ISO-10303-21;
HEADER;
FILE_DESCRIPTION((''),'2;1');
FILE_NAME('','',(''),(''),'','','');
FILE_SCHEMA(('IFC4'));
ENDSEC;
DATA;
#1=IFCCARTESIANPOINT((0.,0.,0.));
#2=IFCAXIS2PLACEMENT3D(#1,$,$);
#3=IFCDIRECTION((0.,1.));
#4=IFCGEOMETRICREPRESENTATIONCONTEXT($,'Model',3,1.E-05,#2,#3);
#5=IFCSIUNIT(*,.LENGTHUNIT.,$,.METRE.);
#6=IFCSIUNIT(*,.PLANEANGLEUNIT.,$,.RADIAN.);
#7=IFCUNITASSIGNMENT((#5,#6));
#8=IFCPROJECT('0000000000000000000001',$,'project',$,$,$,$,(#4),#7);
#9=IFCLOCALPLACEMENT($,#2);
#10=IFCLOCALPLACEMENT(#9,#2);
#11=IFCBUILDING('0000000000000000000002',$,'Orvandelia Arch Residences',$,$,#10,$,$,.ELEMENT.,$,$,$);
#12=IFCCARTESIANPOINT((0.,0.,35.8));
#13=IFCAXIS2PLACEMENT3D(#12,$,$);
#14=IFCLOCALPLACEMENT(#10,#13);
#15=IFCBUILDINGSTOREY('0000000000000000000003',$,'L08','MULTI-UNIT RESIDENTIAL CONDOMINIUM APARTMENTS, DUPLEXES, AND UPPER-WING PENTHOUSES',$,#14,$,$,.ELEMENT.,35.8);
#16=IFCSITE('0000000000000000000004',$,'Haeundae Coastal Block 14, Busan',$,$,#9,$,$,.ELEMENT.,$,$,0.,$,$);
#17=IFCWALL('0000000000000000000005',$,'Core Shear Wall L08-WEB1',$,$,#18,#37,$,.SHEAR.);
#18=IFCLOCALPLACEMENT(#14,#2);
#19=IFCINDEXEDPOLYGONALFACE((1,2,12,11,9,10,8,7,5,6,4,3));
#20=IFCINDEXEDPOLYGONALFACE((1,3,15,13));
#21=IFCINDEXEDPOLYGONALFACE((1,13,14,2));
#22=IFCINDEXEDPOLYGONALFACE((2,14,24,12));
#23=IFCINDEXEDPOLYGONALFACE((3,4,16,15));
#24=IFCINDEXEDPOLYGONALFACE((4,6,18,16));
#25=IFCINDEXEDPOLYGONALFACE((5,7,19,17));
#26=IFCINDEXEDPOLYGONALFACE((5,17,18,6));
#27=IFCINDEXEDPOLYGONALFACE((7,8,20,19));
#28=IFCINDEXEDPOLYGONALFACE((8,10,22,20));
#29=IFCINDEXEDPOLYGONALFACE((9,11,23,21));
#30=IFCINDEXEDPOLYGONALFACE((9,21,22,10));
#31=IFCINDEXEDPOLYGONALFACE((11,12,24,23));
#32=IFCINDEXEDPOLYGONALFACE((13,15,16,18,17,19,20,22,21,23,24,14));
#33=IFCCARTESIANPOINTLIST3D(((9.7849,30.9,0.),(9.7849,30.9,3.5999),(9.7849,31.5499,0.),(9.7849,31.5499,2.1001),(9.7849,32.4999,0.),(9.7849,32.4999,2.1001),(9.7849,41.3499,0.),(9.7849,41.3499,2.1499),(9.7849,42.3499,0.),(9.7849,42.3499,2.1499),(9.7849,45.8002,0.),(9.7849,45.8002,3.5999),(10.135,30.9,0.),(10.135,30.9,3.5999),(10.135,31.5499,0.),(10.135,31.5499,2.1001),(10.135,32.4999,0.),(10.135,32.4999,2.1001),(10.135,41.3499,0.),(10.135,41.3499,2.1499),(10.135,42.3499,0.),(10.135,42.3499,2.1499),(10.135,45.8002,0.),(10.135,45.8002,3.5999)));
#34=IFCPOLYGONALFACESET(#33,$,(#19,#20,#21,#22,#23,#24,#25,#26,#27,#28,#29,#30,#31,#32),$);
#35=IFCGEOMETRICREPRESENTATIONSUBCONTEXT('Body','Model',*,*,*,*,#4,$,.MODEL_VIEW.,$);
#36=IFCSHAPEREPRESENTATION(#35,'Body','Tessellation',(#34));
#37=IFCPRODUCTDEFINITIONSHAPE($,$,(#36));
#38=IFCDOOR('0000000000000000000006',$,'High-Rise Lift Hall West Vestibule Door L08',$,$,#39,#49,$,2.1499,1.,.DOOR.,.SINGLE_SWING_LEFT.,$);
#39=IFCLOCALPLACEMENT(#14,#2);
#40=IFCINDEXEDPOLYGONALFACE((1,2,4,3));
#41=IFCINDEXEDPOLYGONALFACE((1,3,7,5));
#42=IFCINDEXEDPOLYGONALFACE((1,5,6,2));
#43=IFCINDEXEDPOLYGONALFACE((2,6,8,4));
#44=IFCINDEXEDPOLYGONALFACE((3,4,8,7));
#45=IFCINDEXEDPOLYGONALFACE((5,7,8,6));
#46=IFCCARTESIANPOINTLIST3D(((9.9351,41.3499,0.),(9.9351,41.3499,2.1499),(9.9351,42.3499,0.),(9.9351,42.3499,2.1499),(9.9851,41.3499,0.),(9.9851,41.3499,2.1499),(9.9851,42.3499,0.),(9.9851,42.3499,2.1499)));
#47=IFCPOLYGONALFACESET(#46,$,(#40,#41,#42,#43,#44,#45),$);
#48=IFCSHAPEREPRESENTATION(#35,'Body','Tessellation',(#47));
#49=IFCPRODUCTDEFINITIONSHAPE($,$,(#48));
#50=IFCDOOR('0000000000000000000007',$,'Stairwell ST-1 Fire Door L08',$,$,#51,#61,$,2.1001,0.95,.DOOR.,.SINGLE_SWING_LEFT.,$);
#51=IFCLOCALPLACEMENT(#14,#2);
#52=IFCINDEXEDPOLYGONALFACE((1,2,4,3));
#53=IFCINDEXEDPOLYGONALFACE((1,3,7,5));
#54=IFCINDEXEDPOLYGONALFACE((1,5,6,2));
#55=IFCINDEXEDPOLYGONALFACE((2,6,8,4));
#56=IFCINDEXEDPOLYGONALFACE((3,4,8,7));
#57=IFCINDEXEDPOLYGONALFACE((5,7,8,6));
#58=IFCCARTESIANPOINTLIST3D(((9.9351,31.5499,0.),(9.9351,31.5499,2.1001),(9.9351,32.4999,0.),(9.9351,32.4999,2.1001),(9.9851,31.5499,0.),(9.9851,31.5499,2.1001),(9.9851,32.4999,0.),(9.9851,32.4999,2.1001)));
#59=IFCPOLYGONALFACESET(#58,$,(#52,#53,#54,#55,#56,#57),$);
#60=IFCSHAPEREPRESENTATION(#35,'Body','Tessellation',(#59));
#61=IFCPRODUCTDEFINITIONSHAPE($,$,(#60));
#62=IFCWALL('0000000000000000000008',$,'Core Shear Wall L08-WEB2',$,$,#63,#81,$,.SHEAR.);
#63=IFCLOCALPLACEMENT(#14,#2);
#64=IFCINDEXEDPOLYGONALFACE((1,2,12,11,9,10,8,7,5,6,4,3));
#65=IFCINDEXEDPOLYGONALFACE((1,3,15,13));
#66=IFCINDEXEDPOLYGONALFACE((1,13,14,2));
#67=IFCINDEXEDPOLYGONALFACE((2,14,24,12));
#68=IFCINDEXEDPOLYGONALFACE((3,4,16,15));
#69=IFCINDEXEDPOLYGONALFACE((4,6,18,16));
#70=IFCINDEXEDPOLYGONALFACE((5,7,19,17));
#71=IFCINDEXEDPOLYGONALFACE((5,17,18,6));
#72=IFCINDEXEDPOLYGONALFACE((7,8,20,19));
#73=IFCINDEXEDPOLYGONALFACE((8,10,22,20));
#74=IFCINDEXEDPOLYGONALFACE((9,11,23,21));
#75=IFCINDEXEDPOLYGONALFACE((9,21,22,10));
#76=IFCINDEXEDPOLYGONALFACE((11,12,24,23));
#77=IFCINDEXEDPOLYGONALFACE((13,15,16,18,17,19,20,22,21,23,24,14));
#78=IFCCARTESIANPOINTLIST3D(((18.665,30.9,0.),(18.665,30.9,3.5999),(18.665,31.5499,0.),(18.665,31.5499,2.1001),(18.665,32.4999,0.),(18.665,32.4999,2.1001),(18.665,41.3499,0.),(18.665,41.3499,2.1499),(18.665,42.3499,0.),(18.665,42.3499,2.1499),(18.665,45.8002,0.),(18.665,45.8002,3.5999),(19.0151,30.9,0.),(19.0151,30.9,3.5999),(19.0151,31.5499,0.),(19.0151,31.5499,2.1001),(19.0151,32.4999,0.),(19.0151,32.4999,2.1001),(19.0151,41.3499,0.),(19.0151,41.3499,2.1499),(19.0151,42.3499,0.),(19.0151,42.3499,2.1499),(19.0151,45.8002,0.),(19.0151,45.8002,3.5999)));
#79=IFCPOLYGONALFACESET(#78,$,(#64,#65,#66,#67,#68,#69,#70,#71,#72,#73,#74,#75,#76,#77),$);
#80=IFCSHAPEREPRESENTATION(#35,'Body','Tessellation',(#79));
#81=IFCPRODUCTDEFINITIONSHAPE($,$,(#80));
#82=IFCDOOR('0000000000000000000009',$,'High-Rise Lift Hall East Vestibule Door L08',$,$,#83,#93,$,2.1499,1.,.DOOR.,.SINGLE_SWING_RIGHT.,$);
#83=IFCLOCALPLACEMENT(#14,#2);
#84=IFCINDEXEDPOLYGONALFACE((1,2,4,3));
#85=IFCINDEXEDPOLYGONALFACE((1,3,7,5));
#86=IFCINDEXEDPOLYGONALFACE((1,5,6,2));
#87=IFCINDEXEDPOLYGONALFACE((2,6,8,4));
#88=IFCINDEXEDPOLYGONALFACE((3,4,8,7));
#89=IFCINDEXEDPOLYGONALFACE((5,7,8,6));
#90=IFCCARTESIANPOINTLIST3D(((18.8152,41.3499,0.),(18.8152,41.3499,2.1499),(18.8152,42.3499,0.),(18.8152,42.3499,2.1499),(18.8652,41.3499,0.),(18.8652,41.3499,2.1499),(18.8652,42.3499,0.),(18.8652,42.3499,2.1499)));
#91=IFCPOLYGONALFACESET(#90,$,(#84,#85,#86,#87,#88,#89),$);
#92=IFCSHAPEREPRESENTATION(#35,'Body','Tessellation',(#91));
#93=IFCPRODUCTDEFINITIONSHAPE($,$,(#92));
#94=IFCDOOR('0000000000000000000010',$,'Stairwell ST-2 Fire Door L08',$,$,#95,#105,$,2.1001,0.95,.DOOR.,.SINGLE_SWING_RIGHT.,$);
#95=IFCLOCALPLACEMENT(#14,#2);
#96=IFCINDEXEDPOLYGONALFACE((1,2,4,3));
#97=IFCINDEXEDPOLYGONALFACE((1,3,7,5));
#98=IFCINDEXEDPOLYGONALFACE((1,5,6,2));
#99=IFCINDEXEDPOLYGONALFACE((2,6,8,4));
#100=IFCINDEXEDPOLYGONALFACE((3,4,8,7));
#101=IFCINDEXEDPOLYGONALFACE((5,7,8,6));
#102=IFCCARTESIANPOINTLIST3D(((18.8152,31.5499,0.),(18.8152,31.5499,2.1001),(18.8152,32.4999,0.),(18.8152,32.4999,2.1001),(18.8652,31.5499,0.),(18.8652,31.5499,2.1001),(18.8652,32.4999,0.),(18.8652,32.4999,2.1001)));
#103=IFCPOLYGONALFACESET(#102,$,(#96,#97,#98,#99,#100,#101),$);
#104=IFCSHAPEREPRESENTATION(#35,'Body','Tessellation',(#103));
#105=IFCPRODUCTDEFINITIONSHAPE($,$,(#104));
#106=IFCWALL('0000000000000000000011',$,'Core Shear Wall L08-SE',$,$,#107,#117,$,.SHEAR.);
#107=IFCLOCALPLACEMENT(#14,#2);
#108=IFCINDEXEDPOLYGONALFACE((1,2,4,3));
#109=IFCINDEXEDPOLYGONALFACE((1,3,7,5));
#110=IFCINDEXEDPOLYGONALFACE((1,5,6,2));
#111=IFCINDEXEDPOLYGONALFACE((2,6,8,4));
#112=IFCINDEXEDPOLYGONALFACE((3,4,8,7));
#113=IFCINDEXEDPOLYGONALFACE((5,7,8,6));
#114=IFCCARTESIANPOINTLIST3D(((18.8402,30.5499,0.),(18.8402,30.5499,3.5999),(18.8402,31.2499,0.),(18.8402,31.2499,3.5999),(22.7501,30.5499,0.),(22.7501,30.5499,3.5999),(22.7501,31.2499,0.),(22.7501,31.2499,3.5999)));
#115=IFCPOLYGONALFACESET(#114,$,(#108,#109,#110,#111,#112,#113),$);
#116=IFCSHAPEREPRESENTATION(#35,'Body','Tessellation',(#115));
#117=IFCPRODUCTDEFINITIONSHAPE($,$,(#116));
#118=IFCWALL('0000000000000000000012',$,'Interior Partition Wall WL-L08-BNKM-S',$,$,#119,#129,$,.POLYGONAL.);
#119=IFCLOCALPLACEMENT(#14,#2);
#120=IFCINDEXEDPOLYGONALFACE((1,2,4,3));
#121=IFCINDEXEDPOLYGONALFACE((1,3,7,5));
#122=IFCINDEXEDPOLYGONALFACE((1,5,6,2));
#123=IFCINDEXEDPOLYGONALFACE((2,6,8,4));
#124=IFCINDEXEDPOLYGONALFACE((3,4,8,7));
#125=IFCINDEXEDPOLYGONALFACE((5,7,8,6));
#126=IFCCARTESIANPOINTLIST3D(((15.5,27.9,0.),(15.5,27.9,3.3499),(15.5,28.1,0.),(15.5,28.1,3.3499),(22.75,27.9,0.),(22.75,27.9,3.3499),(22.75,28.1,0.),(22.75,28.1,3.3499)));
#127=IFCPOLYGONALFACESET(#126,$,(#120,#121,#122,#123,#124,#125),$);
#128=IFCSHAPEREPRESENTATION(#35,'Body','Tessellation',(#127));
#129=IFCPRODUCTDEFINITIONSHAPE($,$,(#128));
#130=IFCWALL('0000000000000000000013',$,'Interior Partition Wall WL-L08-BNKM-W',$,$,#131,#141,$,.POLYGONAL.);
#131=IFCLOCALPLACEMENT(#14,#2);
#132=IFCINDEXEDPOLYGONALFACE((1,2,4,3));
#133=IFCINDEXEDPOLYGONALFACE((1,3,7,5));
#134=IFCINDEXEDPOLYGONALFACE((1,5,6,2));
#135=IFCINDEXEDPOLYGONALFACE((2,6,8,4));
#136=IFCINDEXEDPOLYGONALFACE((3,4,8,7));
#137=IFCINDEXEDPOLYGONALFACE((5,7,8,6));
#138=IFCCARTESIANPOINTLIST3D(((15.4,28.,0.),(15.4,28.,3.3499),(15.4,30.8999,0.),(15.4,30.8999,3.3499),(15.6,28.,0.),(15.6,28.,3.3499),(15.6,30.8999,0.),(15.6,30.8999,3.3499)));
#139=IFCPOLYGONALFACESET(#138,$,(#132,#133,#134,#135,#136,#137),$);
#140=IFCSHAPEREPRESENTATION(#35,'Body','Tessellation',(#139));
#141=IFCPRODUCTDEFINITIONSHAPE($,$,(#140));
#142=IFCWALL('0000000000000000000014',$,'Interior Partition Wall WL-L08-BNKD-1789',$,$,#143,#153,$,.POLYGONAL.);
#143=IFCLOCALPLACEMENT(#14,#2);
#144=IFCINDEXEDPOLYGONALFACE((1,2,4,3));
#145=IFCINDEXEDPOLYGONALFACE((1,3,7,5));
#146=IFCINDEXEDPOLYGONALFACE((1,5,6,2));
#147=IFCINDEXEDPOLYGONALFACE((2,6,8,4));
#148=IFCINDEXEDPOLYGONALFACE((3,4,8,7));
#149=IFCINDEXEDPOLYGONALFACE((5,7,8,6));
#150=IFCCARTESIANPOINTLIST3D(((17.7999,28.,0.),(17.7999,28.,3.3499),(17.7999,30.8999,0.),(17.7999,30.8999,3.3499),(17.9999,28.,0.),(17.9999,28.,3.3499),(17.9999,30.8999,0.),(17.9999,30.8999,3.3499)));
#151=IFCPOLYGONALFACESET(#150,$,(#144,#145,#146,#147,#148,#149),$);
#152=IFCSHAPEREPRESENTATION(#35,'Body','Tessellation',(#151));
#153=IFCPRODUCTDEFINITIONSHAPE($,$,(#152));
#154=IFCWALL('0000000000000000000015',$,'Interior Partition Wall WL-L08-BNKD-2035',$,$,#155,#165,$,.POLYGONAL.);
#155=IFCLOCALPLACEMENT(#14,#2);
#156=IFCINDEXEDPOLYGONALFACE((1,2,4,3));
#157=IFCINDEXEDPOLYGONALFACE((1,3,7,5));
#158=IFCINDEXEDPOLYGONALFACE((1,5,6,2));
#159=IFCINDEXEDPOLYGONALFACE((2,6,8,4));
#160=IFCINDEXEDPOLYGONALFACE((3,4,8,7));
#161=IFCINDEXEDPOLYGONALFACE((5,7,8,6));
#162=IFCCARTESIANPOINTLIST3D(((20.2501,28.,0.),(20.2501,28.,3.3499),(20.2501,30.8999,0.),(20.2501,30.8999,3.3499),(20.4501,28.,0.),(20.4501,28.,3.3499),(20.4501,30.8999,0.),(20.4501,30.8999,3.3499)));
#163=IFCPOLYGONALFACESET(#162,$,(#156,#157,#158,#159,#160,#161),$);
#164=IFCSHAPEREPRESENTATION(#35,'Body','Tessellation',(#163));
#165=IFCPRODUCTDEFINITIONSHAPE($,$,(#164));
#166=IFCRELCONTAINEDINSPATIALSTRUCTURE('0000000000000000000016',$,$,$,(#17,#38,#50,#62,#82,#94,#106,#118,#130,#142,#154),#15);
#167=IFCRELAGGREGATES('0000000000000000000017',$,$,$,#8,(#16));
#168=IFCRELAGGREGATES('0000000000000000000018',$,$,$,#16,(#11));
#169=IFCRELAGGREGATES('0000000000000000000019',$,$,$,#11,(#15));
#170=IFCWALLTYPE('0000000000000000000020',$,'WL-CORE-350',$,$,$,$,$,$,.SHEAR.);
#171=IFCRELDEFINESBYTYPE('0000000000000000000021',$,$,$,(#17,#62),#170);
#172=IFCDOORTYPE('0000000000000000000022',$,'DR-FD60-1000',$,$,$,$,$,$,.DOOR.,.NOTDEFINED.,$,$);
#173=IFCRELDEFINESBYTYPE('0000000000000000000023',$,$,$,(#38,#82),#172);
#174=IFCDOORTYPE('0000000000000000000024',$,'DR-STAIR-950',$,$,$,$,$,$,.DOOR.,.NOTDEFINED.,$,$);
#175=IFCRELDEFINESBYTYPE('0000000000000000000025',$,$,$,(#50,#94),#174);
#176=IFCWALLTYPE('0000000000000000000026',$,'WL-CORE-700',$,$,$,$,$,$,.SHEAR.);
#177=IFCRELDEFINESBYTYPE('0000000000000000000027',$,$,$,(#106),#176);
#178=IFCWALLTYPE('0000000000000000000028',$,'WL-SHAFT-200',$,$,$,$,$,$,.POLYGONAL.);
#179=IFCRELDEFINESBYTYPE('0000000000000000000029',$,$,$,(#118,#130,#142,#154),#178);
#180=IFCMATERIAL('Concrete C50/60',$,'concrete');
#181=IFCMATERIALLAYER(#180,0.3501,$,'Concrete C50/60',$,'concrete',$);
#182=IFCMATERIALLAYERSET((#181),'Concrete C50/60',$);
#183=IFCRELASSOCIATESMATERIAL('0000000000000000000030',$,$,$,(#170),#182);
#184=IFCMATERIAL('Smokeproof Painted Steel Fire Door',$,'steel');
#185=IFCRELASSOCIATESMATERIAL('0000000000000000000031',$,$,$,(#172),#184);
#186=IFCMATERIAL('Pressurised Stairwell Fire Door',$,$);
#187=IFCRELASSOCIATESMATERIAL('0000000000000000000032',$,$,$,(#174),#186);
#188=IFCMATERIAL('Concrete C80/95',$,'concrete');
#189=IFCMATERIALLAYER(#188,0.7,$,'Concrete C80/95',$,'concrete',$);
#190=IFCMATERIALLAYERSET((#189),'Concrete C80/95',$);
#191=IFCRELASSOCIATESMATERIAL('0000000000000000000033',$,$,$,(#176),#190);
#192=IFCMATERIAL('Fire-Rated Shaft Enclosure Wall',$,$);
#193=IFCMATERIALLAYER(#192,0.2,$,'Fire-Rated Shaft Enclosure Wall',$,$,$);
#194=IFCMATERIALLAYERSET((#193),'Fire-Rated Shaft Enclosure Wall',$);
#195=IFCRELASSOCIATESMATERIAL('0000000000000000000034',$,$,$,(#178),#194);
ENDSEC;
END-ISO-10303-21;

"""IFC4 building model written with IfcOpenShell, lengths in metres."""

from ifc_helpers import new_model, si_unit, direction, frame, frame_2d, origin, place, context, subcontext, project, spatial, rectangle, extrude, material, layer, layer_set, type_object, element, fill, save


model = new_model("IFC4")

# Units and contexts
model_context = context("Model", 3, precision=1e-05, world=origin(), true_north=direction((0.0, 1.0)))
body_context = subcontext(model_context, "Body", "Model", "MODEL_VIEW")
ifc_project = project(units=[si_unit("LENGTHUNIT", "METRE"), si_unit("PLANEANGLEUNIT", "RADIAN")], contexts=[model_context])

# Site, building, storey
site_placement = place(None, origin())
site = spatial("IfcSite", under=ifc_project, at=site_placement, Name="Haeundae Coastal Block 14, Busan", CompositionType="ELEMENT", RefElevation=0.0)
building_placement = place(site_placement, origin())
building = spatial("IfcBuilding", under=site, at=building_placement, Name="Orvandelia Arch Residences", CompositionType="ELEMENT")
storey_placement = place(building_placement, frame((0.0, 0.0, 35.8)))
storey = spatial("IfcBuildingStorey", under=building, at=storey_placement, Name="L08", Description="MULTI-UNIT RESIDENTIAL CONDOMINIUM APARTMENTS, DUPLEXES, AND UPPER-WING PENTHOUSES", CompositionType="ELEMENT", Elevation=35.8)

# Walls, openings, doors
ifc_material_1 = material(Name="Concrete C50/60", Category="concrete")
ifc_layer_1 = layer(ifc_material_1, 0.3501, Name="Concrete C50/60", Category="concrete")
ifc_layer_set_1 = layer_set([ifc_layer_1], Name="Concrete C50/60")
wall_type_1 = type_object("IfcWallType", Name="WL-CORE-350", PredefinedType="SHEAR", material=ifc_layer_set_1)
wall_1_placement = place(storey_placement, frame((9.96, 30.8999, 0.0), z_axis=(0.0, 0.0, 1.0), x_axis=(0.0, 1.0, 0.0)))
wall_1 = element("IfcWall", 1, at=wall_1_placement, inside=storey, type_object=wall_type_1, Name="Core Shear Wall L08-WEB1", PredefinedType="SHEAR", context=body_context, shape_type="SweptSolid", body=[
    extrude(rectangle(XDim=14.9001, YDim=0.3501, at=frame_2d((7.4502, 0.0))), origin(), (0.0, 0.0, 1.0), 3.5999),
])
opening_1_placement = place(wall_1_placement, frame((0.6499, 0.0, 0.0)))
opening_1 = element("IfcOpeningElement", 2, at=opening_1_placement, cuts=wall_1, PredefinedType="OPENING", context=body_context, shape_type="SweptSolid", body=[
    extrude(rectangle(XDim=0.95, YDim=2.1001, at=frame_2d((0.4751, 1.05))), frame((0.0, 0.1851, 0.0), z_axis=(0.0, -1.0, 0.0), x_axis=(1.0, 0.0, 0.0)), (0.0, 0.0, 1.0), 0.3701),
])
opening_2_placement = place(wall_1_placement, frame((10.45, 0.0, 0.0)))
opening_2 = element("IfcOpeningElement", 3, at=opening_2_placement, cuts=wall_1, PredefinedType="OPENING", context=body_context, shape_type="SweptSolid", body=[
    extrude(rectangle(XDim=1.0, YDim=2.1499, at=frame_2d((0.5, 1.075))), frame((0.0, 0.1851, 0.0), z_axis=(0.0, -1.0, 0.0), x_axis=(1.0, 0.0, 0.0)), (0.0, 0.0, 1.0), 0.3701),
])
ifc_material_2 = material(Name="Smokeproof Painted Steel Fire Door", Category="steel")
door_type_1 = type_object("IfcDoorType", Name="DR-FD60-1000", OperationType="NOTDEFINED", PredefinedType="DOOR", material=ifc_material_2)
door_1_placement = place(opening_2_placement, origin())
door_1 = element("IfcDoor", 4, at=door_1_placement, inside=storey, type_object=door_type_1, Name="High-Rise Lift Hall West Vestibule Door L08", OperationType="SINGLE_SWING_LEFT", OverallHeight=2.1499, OverallWidth=1.0, PredefinedType="DOOR", context=body_context, shape_type="SweptSolid", body=[
    extrude(rectangle(XDim=1.0, YDim=2.1499, at=frame_2d((0.5, 1.075))), frame((0.0, 0.0249, 0.0), z_axis=(0.0, -1.0, 0.0), x_axis=(1.0, 0.0, 0.0)), (0.0, 0.0, 1.0), 0.05),
])
fill(opening_2, door_1)
ifc_material_3 = material(Name="Pressurised Stairwell Fire Door")
door_type_2 = type_object("IfcDoorType", Name="DR-STAIR-950", OperationType="NOTDEFINED", PredefinedType="DOOR", material=ifc_material_3)
door_2_placement = place(opening_1_placement, origin())
door_2 = element("IfcDoor", 5, at=door_2_placement, inside=storey, type_object=door_type_2, Name="Stairwell ST-1 Fire Door L08", OperationType="SINGLE_SWING_LEFT", OverallHeight=2.1001, OverallWidth=0.95, PredefinedType="DOOR", context=body_context, shape_type="SweptSolid", body=[
    extrude(rectangle(XDim=0.95, YDim=2.1001, at=frame_2d((0.4751, 1.05))), frame((0.0, 0.0249, 0.0), z_axis=(0.0, -1.0, 0.0), x_axis=(1.0, 0.0, 0.0)), (0.0, 0.0, 1.0), 0.05),
])
fill(opening_1, door_2)
wall_2_placement = place(storey_placement, frame((18.8401, 30.8999, 0.0), z_axis=(0.0, 0.0, 1.0), x_axis=(0.0, 1.0, 0.0)))
wall_2 = element("IfcWall", 6, at=wall_2_placement, inside=storey, type_object=wall_type_1, Name="Core Shear Wall L08-WEB2", PredefinedType="SHEAR", context=body_context, shape_type="SweptSolid", body=[
    extrude(rectangle(XDim=14.9001, YDim=0.3501, at=frame_2d((7.4502, 0.0))), origin(), (0.0, 0.0, 1.0), 3.5999),
])
opening_3_placement = place(wall_2_placement, frame((0.6499, 0.0, 0.0)))
opening_3 = element("IfcOpeningElement", 7, at=opening_3_placement, cuts=wall_2, PredefinedType="OPENING", context=body_context, shape_type="SweptSolid", body=[
    extrude(rectangle(XDim=0.95, YDim=2.1001, at=frame_2d((0.4751, 1.05))), frame((0.0, 0.1851, 0.0), z_axis=(0.0, -1.0, 0.0), x_axis=(1.0, 0.0, 0.0)), (0.0, 0.0, 1.0), 0.3701),
])
opening_4_placement = place(wall_2_placement, frame((10.45, 0.0, 0.0)))
opening_4 = element("IfcOpeningElement", 8, at=opening_4_placement, cuts=wall_2, PredefinedType="OPENING", context=body_context, shape_type="SweptSolid", body=[
    extrude(rectangle(XDim=1.0, YDim=2.1499, at=frame_2d((0.5, 1.075))), frame((0.0, 0.1851, 0.0), z_axis=(0.0, -1.0, 0.0), x_axis=(1.0, 0.0, 0.0)), (0.0, 0.0, 1.0), 0.3701),
])
door_3_placement = place(opening_4_placement, origin())
door_3 = element("IfcDoor", 9, at=door_3_placement, inside=storey, type_object=door_type_1, Name="High-Rise Lift Hall East Vestibule Door L08", OperationType="SINGLE_SWING_RIGHT", OverallHeight=2.1499, OverallWidth=1.0, PredefinedType="DOOR", context=body_context, shape_type="SweptSolid", body=[
    extrude(rectangle(XDim=1.0, YDim=2.1499, at=frame_2d((0.5, 1.075))), frame((0.0, 0.0249, 0.0), z_axis=(0.0, -1.0, 0.0), x_axis=(1.0, 0.0, 0.0)), (0.0, 0.0, 1.0), 0.05),
])
fill(opening_4, door_3)
door_4_placement = place(opening_3_placement, origin())
door_4 = element("IfcDoor", 10, at=door_4_placement, inside=storey, type_object=door_type_2, Name="Stairwell ST-2 Fire Door L08", OperationType="SINGLE_SWING_RIGHT", OverallHeight=2.1001, OverallWidth=0.95, PredefinedType="DOOR", context=body_context, shape_type="SweptSolid", body=[
    extrude(rectangle(XDim=0.95, YDim=2.1001, at=frame_2d((0.4751, 1.05))), frame((0.0, 0.0249, 0.0), z_axis=(0.0, -1.0, 0.0), x_axis=(1.0, 0.0, 0.0)), (0.0, 0.0, 1.0), 0.05),
])
fill(opening_3, door_4)

# Shared definitions
ifc_material_4 = material(Name="Concrete C80/95", Category="concrete")
ifc_layer_2 = layer(ifc_material_4, 0.7, Name="Concrete C80/95", Category="concrete")
ifc_layer_set_2 = layer_set([ifc_layer_2], Name="Concrete C80/95")
wall_type_2 = type_object("IfcWallType", Name="WL-CORE-700", PredefinedType="SHEAR", material=ifc_layer_set_2)

# Walls
wall_3_placement = place(storey_placement, frame((18.8401, 30.8999, 0.0), z_axis=(0.0, 0.0, 1.0), x_axis=(1.0, 0.0, 0.0)))
element("IfcWall", 11, at=wall_3_placement, inside=storey, type_object=wall_type_2, Name="Core Shear Wall L08-SE", PredefinedType="SHEAR", context=body_context, shape_type="SweptSolid", body=[
    extrude(rectangle(XDim=3.9099, YDim=0.7, at=frame_2d((1.9551, 0.0))), origin(), (0.0, 0.0, 1.0), 3.5999),
])
ifc_material_5 = material(Name="Fire-Rated Shaft Enclosure Wall")
ifc_layer_3 = layer(ifc_material_5, 0.2, Name="Fire-Rated Shaft Enclosure Wall")
ifc_layer_set_3 = layer_set([ifc_layer_3], Name="Fire-Rated Shaft Enclosure Wall")
wall_type_3 = type_object("IfcWallType", Name="WL-SHAFT-200", PredefinedType="POLYGONAL", material=ifc_layer_set_3)
wall_4_placement = place(storey_placement, frame((15.5, 28.0, 0.0), z_axis=(0.0, 0.0, 1.0), x_axis=(1.0, 0.0, 0.0)))
element("IfcWall", 12, at=wall_4_placement, inside=storey, type_object=wall_type_3, Name="Interior Partition Wall WL-L08-BNKM-S", PredefinedType="POLYGONAL", context=body_context, shape_type="SweptSolid", body=[
    extrude(rectangle(XDim=7.25, YDim=0.2, at=frame_2d((3.625, 0.0))), origin(), (0.0, 0.0, 1.0), 3.3499),
])
for number, where, z_axis, x_axis, name in (
    (13, (15.5, 28.0, 0.0), (0.0, 0.0, 1.0), (0.0, 1.0, 0.0), "Interior Partition Wall WL-L08-BNKM-W"),
    (14, (17.8999, 28.0, 0.0), (0.0, 0.0, 1.0), (0.0, 1.0, 0.0), "Interior Partition Wall WL-L08-BNKD-1789"),
    (15, (20.3501, 28.0, 0.0), (0.0, 0.0, 1.0), (0.0, 1.0, 0.0), "Interior Partition Wall WL-L08-BNKD-2035"),
):
    element("IfcWall", number, at=place(storey_placement, frame(where, z_axis=z_axis, x_axis=x_axis)), inside=storey, type_object=wall_type_3, Name=name, PredefinedType="POLYGONAL", context=body_context, shape_type="SweptSolid", body=[
        extrude(rectangle(XDim=2.8999, YDim=0.2, at=frame_2d((1.45, 0.0))), origin(), (0.0, 0.0, 1.0), 3.3499),
    ])

save(model, "model.ifc")
